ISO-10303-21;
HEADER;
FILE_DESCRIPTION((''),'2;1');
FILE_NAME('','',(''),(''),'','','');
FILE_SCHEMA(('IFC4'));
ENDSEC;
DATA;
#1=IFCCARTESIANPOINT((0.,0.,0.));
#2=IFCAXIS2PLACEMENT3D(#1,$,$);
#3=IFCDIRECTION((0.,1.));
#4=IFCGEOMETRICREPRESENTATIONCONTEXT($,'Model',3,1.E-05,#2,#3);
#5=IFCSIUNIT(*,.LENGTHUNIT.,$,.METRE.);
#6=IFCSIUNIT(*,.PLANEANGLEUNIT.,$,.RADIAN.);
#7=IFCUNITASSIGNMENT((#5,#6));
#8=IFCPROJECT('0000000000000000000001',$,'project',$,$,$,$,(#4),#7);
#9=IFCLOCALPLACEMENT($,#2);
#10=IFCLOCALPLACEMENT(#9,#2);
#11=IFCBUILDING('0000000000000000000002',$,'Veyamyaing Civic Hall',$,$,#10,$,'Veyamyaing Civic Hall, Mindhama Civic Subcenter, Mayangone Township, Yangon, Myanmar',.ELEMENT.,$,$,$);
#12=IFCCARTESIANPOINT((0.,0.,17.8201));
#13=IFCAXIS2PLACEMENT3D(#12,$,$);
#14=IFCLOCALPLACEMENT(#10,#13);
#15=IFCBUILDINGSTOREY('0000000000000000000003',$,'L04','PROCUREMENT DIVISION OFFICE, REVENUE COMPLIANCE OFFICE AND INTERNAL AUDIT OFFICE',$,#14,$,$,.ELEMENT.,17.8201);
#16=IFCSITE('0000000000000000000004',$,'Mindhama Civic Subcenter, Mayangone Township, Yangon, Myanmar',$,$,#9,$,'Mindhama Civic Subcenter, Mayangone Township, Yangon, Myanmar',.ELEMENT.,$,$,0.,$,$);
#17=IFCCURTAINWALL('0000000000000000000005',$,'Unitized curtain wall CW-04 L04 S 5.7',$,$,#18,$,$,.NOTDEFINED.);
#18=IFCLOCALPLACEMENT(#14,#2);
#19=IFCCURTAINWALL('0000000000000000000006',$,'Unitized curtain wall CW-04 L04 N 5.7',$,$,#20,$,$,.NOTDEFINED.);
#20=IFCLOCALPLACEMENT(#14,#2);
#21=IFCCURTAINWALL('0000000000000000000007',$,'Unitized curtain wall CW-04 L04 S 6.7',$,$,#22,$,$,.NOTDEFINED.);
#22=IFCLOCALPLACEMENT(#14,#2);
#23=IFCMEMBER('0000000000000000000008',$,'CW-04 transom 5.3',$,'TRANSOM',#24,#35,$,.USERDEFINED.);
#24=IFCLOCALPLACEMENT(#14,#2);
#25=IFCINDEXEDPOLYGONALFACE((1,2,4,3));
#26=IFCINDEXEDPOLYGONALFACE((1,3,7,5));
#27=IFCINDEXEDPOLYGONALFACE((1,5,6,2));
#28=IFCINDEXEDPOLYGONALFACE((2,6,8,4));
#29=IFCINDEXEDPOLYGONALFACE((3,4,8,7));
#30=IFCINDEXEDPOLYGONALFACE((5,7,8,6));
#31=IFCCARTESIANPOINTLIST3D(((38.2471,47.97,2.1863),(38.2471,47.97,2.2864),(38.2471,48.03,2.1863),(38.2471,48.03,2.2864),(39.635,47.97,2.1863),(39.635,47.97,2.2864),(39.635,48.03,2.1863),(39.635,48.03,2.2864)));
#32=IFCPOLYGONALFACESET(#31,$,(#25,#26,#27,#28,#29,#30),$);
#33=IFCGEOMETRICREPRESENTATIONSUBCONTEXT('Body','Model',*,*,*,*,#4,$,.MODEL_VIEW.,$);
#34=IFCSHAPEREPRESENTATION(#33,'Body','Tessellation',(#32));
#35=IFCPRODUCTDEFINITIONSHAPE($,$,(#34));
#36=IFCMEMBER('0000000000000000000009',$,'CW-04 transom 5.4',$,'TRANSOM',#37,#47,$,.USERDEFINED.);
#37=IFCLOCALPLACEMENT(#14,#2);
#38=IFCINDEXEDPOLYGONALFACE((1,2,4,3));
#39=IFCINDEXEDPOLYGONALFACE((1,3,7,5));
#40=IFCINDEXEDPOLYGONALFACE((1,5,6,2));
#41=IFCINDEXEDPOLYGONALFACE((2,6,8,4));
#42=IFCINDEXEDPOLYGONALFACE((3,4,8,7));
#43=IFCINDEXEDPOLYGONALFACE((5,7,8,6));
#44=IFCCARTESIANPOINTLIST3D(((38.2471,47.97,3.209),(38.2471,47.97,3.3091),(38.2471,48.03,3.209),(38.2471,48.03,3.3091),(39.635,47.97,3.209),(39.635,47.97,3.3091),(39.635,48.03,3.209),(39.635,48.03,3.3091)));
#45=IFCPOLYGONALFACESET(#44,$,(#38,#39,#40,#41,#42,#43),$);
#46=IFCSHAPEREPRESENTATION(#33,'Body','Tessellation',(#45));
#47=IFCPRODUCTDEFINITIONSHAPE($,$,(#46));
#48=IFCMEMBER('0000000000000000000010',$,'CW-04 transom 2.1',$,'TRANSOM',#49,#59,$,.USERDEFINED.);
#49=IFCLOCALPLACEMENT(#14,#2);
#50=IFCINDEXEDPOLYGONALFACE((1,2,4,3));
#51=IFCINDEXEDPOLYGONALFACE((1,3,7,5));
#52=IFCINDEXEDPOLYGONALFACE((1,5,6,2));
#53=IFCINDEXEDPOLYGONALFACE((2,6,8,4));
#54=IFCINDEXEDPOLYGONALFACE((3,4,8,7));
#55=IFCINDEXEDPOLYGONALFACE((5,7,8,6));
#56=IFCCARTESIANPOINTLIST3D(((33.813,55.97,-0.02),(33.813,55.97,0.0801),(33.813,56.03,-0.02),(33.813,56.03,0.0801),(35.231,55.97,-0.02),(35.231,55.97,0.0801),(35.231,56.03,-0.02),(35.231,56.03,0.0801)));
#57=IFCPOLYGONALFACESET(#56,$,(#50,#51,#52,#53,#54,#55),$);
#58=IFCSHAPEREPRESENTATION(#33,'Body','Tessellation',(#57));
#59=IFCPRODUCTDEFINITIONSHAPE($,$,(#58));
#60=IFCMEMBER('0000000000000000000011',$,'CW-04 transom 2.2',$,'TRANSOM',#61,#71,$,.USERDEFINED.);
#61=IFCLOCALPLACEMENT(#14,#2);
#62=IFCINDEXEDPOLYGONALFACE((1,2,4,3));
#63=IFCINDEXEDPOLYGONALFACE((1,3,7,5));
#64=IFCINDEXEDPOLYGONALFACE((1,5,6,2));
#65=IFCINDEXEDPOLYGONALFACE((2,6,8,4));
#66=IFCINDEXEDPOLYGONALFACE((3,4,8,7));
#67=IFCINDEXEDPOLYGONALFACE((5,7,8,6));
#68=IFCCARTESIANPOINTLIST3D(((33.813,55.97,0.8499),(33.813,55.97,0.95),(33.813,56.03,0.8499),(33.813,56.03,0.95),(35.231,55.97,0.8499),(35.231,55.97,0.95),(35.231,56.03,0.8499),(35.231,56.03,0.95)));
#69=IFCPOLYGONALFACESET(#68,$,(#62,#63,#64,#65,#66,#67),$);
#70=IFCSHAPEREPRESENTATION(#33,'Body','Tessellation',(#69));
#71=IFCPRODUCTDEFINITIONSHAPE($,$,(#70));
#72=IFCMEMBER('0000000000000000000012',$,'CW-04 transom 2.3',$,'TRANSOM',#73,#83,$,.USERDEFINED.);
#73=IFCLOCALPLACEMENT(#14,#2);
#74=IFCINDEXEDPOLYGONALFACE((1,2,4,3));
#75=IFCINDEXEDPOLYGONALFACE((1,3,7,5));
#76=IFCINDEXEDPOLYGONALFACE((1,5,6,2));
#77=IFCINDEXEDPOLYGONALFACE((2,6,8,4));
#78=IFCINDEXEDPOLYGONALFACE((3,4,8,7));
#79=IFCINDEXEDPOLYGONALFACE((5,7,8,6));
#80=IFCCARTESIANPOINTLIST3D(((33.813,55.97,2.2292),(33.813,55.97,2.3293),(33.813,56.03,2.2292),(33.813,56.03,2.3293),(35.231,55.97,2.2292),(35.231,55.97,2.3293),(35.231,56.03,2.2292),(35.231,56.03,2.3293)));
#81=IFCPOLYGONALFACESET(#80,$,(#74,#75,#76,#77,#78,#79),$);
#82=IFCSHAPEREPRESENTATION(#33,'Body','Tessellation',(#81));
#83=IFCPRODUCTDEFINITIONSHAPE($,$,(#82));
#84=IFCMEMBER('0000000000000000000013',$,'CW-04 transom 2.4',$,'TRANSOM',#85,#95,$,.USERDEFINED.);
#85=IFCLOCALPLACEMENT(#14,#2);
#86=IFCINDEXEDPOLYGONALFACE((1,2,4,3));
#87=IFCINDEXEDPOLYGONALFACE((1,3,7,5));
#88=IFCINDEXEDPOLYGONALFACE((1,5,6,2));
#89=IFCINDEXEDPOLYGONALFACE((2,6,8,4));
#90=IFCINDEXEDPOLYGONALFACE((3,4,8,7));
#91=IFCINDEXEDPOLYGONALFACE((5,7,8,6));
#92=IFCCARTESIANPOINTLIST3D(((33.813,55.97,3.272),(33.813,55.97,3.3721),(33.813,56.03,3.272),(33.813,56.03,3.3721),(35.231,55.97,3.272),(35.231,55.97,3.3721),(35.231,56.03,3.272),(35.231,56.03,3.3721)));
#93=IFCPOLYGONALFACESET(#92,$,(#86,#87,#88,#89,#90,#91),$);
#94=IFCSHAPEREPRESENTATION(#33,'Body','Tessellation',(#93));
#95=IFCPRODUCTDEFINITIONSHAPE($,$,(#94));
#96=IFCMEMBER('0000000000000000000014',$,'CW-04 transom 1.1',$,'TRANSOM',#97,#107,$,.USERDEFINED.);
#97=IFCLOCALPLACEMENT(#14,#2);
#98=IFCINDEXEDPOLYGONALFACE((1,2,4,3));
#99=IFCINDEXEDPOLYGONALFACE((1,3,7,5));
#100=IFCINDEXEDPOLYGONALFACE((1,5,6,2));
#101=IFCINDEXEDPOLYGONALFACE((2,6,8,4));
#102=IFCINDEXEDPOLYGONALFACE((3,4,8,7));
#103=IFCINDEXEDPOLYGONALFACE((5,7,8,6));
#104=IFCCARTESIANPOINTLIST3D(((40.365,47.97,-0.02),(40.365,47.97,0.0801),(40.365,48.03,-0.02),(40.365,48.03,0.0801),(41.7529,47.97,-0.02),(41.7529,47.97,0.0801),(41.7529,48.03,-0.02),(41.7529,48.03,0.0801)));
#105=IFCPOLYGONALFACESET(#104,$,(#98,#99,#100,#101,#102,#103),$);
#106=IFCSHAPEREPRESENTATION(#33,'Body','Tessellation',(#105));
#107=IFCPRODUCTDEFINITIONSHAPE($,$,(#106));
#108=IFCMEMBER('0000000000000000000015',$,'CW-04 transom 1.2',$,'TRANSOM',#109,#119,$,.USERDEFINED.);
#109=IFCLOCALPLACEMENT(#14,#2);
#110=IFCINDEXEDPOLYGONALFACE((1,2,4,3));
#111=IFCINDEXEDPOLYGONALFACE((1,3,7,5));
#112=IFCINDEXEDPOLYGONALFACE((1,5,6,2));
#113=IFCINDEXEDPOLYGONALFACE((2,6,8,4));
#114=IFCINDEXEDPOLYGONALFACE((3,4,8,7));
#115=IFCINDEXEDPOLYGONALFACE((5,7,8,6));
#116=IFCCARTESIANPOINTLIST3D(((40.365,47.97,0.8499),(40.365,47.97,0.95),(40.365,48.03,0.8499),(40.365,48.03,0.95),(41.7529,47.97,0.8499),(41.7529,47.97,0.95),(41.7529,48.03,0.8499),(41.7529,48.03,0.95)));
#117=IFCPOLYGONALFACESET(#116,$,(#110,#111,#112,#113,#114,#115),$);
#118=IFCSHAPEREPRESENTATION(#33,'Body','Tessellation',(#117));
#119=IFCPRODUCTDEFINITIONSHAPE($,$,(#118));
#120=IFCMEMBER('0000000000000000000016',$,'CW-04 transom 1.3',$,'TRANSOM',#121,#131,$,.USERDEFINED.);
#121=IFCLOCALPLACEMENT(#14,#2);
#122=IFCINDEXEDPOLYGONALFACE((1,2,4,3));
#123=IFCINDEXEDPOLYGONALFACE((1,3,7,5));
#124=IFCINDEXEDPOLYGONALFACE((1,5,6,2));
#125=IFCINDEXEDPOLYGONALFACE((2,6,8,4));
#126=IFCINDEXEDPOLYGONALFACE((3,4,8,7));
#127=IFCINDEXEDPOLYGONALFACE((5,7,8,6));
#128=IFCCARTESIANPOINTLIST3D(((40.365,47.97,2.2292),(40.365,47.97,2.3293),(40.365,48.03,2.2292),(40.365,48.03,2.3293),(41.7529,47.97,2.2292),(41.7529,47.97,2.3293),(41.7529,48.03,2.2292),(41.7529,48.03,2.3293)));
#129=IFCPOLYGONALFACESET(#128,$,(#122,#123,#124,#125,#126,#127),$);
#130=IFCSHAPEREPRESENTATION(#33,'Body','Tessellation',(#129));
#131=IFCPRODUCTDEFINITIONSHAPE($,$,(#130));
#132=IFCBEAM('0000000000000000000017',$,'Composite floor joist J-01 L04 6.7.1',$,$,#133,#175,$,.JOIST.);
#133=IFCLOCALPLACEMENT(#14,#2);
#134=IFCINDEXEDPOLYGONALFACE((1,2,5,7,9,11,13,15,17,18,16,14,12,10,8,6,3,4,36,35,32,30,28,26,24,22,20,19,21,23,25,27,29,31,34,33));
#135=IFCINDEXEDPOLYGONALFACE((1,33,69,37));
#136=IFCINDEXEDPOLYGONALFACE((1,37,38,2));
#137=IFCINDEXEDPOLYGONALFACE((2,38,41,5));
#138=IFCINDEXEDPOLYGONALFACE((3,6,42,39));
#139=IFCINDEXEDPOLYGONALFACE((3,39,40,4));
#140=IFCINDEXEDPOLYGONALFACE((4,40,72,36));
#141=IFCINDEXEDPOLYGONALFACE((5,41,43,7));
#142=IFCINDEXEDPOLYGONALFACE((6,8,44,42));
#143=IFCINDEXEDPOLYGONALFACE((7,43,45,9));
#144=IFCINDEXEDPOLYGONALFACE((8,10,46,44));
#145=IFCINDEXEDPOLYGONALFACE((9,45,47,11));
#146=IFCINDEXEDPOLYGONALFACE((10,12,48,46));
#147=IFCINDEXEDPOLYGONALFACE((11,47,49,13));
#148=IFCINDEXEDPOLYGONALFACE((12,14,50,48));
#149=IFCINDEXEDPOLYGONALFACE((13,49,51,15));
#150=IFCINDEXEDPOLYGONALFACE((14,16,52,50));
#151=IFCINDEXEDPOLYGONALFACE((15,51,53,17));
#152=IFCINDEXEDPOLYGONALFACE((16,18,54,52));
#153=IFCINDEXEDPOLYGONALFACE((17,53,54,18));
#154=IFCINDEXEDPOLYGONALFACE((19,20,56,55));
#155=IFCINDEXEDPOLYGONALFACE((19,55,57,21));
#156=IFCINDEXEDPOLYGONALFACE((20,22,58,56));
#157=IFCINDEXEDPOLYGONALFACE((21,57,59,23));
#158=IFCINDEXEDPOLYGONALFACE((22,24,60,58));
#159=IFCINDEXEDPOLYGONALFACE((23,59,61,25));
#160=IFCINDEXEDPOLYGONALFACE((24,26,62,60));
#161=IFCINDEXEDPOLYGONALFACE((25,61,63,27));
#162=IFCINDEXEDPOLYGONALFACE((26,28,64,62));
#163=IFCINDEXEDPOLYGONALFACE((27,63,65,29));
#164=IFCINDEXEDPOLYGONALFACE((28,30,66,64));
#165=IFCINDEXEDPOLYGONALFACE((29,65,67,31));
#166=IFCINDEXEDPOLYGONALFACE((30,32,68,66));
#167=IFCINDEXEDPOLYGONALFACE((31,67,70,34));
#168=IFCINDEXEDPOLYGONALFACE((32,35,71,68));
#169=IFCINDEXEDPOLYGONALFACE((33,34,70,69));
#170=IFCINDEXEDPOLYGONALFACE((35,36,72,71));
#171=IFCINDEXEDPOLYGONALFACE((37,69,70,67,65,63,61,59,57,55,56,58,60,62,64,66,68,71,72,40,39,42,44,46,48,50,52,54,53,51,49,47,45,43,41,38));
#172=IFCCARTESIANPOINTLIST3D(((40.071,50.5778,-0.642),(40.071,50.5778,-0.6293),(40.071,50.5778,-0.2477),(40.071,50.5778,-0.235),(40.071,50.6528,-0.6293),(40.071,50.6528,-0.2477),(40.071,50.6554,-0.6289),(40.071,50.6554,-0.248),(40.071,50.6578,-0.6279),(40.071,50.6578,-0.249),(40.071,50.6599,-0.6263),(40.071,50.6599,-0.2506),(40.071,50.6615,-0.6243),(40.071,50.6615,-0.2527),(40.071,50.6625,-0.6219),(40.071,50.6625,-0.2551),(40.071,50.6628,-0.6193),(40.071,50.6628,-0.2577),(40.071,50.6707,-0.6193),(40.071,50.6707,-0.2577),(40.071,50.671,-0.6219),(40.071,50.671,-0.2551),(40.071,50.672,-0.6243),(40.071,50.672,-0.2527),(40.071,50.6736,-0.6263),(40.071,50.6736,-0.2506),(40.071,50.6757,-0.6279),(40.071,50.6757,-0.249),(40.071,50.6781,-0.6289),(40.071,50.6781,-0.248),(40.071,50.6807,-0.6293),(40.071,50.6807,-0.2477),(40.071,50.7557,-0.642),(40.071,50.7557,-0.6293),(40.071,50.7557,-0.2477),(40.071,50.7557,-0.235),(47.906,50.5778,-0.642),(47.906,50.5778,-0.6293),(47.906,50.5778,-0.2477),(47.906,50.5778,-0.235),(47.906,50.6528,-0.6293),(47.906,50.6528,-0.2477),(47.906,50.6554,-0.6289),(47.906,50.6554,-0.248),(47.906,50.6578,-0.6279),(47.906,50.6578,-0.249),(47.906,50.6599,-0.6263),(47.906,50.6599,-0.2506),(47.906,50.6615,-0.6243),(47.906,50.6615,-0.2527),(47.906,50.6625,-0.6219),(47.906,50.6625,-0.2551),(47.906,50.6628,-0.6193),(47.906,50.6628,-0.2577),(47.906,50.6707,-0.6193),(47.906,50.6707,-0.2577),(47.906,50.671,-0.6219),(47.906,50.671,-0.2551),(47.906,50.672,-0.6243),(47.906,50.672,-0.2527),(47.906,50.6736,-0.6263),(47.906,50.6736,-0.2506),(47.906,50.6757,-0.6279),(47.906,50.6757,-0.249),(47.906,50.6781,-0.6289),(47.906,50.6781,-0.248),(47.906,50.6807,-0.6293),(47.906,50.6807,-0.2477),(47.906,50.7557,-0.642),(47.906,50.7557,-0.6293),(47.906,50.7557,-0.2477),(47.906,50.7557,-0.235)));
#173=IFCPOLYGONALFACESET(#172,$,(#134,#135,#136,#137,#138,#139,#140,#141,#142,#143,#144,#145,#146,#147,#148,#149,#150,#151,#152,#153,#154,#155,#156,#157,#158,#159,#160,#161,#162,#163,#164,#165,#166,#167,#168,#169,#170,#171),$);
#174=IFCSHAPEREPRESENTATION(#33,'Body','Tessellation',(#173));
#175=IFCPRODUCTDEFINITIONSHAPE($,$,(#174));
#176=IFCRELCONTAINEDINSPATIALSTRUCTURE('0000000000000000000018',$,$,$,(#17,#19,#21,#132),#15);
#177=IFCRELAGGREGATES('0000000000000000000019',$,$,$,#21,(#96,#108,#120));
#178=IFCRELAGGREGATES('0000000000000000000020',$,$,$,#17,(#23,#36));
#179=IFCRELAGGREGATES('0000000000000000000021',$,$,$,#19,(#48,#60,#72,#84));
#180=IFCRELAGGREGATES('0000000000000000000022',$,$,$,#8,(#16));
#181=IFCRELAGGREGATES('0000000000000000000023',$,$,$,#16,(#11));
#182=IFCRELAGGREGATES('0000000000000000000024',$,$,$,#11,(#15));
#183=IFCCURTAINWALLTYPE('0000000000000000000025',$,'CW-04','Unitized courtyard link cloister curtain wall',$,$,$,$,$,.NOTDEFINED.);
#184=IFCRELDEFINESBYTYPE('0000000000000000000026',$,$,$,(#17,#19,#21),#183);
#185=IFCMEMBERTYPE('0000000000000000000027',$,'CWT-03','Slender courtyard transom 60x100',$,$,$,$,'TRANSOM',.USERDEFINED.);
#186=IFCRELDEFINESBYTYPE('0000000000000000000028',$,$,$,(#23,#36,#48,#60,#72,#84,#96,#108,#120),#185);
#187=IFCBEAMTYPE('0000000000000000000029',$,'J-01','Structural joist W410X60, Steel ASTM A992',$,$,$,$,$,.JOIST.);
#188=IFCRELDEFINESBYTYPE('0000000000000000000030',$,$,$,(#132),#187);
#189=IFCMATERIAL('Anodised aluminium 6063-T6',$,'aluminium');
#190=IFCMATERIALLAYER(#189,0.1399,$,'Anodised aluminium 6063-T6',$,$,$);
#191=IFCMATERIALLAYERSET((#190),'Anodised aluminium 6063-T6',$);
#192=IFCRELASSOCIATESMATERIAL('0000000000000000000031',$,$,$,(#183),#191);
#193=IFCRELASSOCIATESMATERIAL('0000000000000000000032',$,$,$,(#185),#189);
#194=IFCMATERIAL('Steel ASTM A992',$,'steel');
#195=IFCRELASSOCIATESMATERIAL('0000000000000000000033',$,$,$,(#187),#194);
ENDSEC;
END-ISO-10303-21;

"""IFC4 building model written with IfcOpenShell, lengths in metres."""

from ifc_helpers import new_model, si_unit, direction, frame, origin, origin_2d, place, context, subcontext, project, spatial, rectangle, i_section, extrude, material, layer, layer_set, material_profile, profile_set, type_object, element, aggregate, save


model = new_model("IFC4")

# Units and contexts
model_context = context("Model", 3, precision=1e-05, world=origin(), true_north=direction((0.0, 1.0)))
body_context = subcontext(model_context, "Body", "Model", "MODEL_VIEW")
ifc_project = project(units=[si_unit("LENGTHUNIT", "METRE"), si_unit("PLANEANGLEUNIT", "RADIAN")], contexts=[model_context])

# Site, building, storey
site_placement = place(None, origin())
site = spatial("IfcSite", under=ifc_project, at=site_placement, Name="Mindhama Civic Subcenter, Mayangone Township, Yangon, Myanmar", LongName="Mindhama Civic Subcenter, Mayangone Township, Yangon, Myanmar", CompositionType="ELEMENT", RefElevation=0.0)
building_placement = place(site_placement, origin())
building = spatial("IfcBuilding", under=site, at=building_placement, Name="Veyamyaing Civic Hall", LongName="Veyamyaing Civic Hall, Mindhama Civic Subcenter, Mayangone Township, Yangon, Myanmar", CompositionType="ELEMENT")
storey_placement = place(building_placement, frame((0.0, 0.0, 17.8201)))
storey = spatial("IfcBuildingStorey", under=building, at=storey_placement, Name="L04", Description="PROCUREMENT DIVISION OFFICE, REVENUE COMPLIANCE OFFICE AND INTERNAL AUDIT OFFICE", CompositionType="ELEMENT", Elevation=17.8201)

# Shared definitions
ifc_material_1 = material(Name="Steel ASTM A992", Category="steel")

# Curtain wall
ifc_material_2 = material(Name="Anodised aluminium 6063-T6", Category="aluminium")
ifc_layer_1 = layer(ifc_material_2, 0.1399, Name="Anodised aluminium 6063-T6")
ifc_layer_set_1 = layer_set([ifc_layer_1], Name="Anodised aluminium 6063-T6")
curtain_wall_type = type_object("IfcCurtainWallType", Name="CW-04", Description="Unitized courtyard link cloister curtain wall", PredefinedType="NOTDEFINED", material=ifc_layer_set_1)
curtain_wall_1_placement = place(storey_placement, origin())
curtain_wall_1 = element("IfcCurtainWall", 1, at=curtain_wall_1_placement, inside=storey, type_object=curtain_wall_type, Name="Unitized curtain wall CW-04 L04 S 5.7", PredefinedType="NOTDEFINED")

# Curtain walls
curtain_wall_2_placement = place(storey_placement, origin())
curtain_wall_2 = element("IfcCurtainWall", 2, at=curtain_wall_2_placement, inside=storey, type_object=curtain_wall_type, Name="Unitized curtain wall CW-04 L04 N 5.7", PredefinedType="NOTDEFINED")
curtain_wall_3_placement = place(storey_placement, origin())
curtain_wall_3 = element("IfcCurtainWall", 3, at=curtain_wall_3_placement, inside=storey, type_object=curtain_wall_type, Name="Unitized curtain wall CW-04 L04 S 6.7", PredefinedType="NOTDEFINED")

# Members
ifc_material_profile_1 = material_profile(ifc_material_2, rectangle(XDim=0.0601, YDim=0.1001, at=origin_2d()), Name="ALU-TRN-60X100")
ifc_profile_set_1 = profile_set([ifc_material_profile_1], Name="Anodised aluminium 6063-T6")
member_type_1 = type_object("IfcMemberType", Name="CWT-03", Description="Slender courtyard transom 60x100", ElementType="TRANSOM", PredefinedType="USERDEFINED", material=ifc_profile_set_1)
member_1_placement = place(storey_placement, frame((38.2471, 48.0, 2.2363), z_axis=(1.0, 0.0, 0.0), x_axis=(0.0, 1.0, 0.0)))
member_1 = element("IfcMember", 4, at=member_1_placement, type_object=member_type_1, Name="CW-04 transom 5.3", ObjectType="TRANSOM", PredefinedType="USERDEFINED", context=body_context, shape_type="SweptSolid", body=[
    extrude(rectangle(XDim=0.0601, YDim=0.1001, at=origin_2d()), origin(), (0.0, 0.0, 1.0), 1.3879),
])
member_2_placement = place(storey_placement, frame((38.2471, 48.0, 3.259), z_axis=(1.0, 0.0, 0.0), x_axis=(0.0, 1.0, 0.0)))
member_2 = element("IfcMember", 5, at=member_2_placement, type_object=member_type_1, Name="CW-04 transom 5.4", ObjectType="TRANSOM", PredefinedType="USERDEFINED", context=body_context, shape_type="SweptSolid", body=[
    extrude(rectangle(XDim=0.0601, YDim=0.1001, at=origin_2d()), origin(), (0.0, 0.0, 1.0), 1.3879),
])
member_3_placement = place(storey_placement, frame((33.813, 56.0, 0.03), z_axis=(1.0, 0.0, 0.0), x_axis=(0.0, 1.0, 0.0)))
member_3 = element("IfcMember", 6, at=member_3_placement, type_object=member_type_1, Name="CW-04 transom 2.1", ObjectType="TRANSOM", PredefinedType="USERDEFINED", context=body_context, shape_type="SweptSolid", body=[
    extrude(rectangle(XDim=0.0601, YDim=0.1001, at=origin_2d()), origin(), (0.0, 0.0, 1.0), 1.418),
])
member_4_placement = place(storey_placement, frame((33.813, 56.0, 0.8999), z_axis=(1.0, 0.0, 0.0), x_axis=(0.0, 1.0, 0.0)))
member_4 = element("IfcMember", 7, at=member_4_placement, type_object=member_type_1, Name="CW-04 transom 2.2", ObjectType="TRANSOM", PredefinedType="USERDEFINED", context=body_context, shape_type="SweptSolid", body=[
    extrude(rectangle(XDim=0.0601, YDim=0.1001, at=origin_2d()), origin(), (0.0, 0.0, 1.0), 1.418),
])
member_5_placement = place(storey_placement, frame((33.813, 56.0, 2.2793), z_axis=(1.0, 0.0, 0.0), x_axis=(0.0, 1.0, 0.0)))
member_5 = element("IfcMember", 8, at=member_5_placement, type_object=member_type_1, Name="CW-04 transom 2.3", ObjectType="TRANSOM", PredefinedType="USERDEFINED", context=body_context, shape_type="SweptSolid", body=[
    extrude(rectangle(XDim=0.0601, YDim=0.1001, at=origin_2d()), origin(), (0.0, 0.0, 1.0), 1.418),
])
member_6_placement = place(storey_placement, frame((33.813, 56.0, 3.322), z_axis=(1.0, 0.0, 0.0), x_axis=(0.0, 1.0, 0.0)))
member_6 = element("IfcMember", 9, at=member_6_placement, type_object=member_type_1, Name="CW-04 transom 2.4", ObjectType="TRANSOM", PredefinedType="USERDEFINED", context=body_context, shape_type="SweptSolid", body=[
    extrude(rectangle(XDim=0.0601, YDim=0.1001, at=origin_2d()), origin(), (0.0, 0.0, 1.0), 1.418),
])
member_7_placement = place(storey_placement, frame((40.365, 48.0, 0.03), z_axis=(1.0, 0.0, 0.0), x_axis=(0.0, 1.0, 0.0)))
member_7 = element("IfcMember", 10, at=member_7_placement, type_object=member_type_1, Name="CW-04 transom 1.1", ObjectType="TRANSOM", PredefinedType="USERDEFINED", context=body_context, shape_type="SweptSolid", body=[
    extrude(rectangle(XDim=0.0601, YDim=0.1001, at=origin_2d()), origin(), (0.0, 0.0, 1.0), 1.3879),
])
member_8_placement = place(storey_placement, frame((40.365, 48.0, 0.8999), z_axis=(1.0, 0.0, 0.0), x_axis=(0.0, 1.0, 0.0)))
member_8 = element("IfcMember", 11, at=member_8_placement, type_object=member_type_1, Name="CW-04 transom 1.2", ObjectType="TRANSOM", PredefinedType="USERDEFINED", context=body_context, shape_type="SweptSolid", body=[
    extrude(rectangle(XDim=0.0601, YDim=0.1001, at=origin_2d()), origin(), (0.0, 0.0, 1.0), 1.3879),
])
member_9_placement = place(storey_placement, frame((40.365, 48.0, 2.2793), z_axis=(1.0, 0.0, 0.0), x_axis=(0.0, 1.0, 0.0)))
member_9 = element("IfcMember", 12, at=member_9_placement, type_object=member_type_1, Name="CW-04 transom 1.3", ObjectType="TRANSOM", PredefinedType="USERDEFINED", context=body_context, shape_type="SweptSolid", body=[
    extrude(rectangle(XDim=0.0601, YDim=0.1001, at=origin_2d()), origin(), (0.0, 0.0, 1.0), 1.3879),
])
aggregate(curtain_wall_3, [member_7, member_8, member_9])

# Beam
ifc_material_profile_2 = material_profile(ifc_material_1, i_section(OverallWidth=0.178, OverallDepth=0.407, WebThickness=0.0078, FlangeThickness=0.0127, FilletRadius=0.01, at=origin_2d()), Name="W410X60")
ifc_profile_set_2 = profile_set([ifc_material_profile_2], Name="Steel ASTM A992")
beam_type_1 = type_object("IfcBeamType", Name="J-01", Description="Structural joist W410X60, Steel ASTM A992", PredefinedType="JOIST", material=ifc_profile_set_2)
for number, where, z_axis, x_axis, name in (
    (13, (40.071, 50.6667, -0.4385), (1.0, 0.0, 0.0), (0.0, 1.0, 0.0), "Composite floor joist J-01 L04 6.7.1"),
):
    element("IfcBeam", number, at=place(storey_placement, frame(where, z_axis=z_axis, x_axis=x_axis)), inside=storey, type_object=beam_type_1, Name=name, PredefinedType="JOIST", context=body_context, shape_type="SweptSolid", body=[
        extrude(i_section(OverallWidth=0.178, OverallDepth=0.407, WebThickness=0.0078, FlangeThickness=0.0127, FilletRadius=0.01, at=origin_2d()), origin(), (0.0, 0.0, 1.0), 7.835),
    ])

aggregate(curtain_wall_1, [member_1, member_2])
aggregate(curtain_wall_2, [member_3, member_4, member_5, member_6])

save(model, "model.ifc")
